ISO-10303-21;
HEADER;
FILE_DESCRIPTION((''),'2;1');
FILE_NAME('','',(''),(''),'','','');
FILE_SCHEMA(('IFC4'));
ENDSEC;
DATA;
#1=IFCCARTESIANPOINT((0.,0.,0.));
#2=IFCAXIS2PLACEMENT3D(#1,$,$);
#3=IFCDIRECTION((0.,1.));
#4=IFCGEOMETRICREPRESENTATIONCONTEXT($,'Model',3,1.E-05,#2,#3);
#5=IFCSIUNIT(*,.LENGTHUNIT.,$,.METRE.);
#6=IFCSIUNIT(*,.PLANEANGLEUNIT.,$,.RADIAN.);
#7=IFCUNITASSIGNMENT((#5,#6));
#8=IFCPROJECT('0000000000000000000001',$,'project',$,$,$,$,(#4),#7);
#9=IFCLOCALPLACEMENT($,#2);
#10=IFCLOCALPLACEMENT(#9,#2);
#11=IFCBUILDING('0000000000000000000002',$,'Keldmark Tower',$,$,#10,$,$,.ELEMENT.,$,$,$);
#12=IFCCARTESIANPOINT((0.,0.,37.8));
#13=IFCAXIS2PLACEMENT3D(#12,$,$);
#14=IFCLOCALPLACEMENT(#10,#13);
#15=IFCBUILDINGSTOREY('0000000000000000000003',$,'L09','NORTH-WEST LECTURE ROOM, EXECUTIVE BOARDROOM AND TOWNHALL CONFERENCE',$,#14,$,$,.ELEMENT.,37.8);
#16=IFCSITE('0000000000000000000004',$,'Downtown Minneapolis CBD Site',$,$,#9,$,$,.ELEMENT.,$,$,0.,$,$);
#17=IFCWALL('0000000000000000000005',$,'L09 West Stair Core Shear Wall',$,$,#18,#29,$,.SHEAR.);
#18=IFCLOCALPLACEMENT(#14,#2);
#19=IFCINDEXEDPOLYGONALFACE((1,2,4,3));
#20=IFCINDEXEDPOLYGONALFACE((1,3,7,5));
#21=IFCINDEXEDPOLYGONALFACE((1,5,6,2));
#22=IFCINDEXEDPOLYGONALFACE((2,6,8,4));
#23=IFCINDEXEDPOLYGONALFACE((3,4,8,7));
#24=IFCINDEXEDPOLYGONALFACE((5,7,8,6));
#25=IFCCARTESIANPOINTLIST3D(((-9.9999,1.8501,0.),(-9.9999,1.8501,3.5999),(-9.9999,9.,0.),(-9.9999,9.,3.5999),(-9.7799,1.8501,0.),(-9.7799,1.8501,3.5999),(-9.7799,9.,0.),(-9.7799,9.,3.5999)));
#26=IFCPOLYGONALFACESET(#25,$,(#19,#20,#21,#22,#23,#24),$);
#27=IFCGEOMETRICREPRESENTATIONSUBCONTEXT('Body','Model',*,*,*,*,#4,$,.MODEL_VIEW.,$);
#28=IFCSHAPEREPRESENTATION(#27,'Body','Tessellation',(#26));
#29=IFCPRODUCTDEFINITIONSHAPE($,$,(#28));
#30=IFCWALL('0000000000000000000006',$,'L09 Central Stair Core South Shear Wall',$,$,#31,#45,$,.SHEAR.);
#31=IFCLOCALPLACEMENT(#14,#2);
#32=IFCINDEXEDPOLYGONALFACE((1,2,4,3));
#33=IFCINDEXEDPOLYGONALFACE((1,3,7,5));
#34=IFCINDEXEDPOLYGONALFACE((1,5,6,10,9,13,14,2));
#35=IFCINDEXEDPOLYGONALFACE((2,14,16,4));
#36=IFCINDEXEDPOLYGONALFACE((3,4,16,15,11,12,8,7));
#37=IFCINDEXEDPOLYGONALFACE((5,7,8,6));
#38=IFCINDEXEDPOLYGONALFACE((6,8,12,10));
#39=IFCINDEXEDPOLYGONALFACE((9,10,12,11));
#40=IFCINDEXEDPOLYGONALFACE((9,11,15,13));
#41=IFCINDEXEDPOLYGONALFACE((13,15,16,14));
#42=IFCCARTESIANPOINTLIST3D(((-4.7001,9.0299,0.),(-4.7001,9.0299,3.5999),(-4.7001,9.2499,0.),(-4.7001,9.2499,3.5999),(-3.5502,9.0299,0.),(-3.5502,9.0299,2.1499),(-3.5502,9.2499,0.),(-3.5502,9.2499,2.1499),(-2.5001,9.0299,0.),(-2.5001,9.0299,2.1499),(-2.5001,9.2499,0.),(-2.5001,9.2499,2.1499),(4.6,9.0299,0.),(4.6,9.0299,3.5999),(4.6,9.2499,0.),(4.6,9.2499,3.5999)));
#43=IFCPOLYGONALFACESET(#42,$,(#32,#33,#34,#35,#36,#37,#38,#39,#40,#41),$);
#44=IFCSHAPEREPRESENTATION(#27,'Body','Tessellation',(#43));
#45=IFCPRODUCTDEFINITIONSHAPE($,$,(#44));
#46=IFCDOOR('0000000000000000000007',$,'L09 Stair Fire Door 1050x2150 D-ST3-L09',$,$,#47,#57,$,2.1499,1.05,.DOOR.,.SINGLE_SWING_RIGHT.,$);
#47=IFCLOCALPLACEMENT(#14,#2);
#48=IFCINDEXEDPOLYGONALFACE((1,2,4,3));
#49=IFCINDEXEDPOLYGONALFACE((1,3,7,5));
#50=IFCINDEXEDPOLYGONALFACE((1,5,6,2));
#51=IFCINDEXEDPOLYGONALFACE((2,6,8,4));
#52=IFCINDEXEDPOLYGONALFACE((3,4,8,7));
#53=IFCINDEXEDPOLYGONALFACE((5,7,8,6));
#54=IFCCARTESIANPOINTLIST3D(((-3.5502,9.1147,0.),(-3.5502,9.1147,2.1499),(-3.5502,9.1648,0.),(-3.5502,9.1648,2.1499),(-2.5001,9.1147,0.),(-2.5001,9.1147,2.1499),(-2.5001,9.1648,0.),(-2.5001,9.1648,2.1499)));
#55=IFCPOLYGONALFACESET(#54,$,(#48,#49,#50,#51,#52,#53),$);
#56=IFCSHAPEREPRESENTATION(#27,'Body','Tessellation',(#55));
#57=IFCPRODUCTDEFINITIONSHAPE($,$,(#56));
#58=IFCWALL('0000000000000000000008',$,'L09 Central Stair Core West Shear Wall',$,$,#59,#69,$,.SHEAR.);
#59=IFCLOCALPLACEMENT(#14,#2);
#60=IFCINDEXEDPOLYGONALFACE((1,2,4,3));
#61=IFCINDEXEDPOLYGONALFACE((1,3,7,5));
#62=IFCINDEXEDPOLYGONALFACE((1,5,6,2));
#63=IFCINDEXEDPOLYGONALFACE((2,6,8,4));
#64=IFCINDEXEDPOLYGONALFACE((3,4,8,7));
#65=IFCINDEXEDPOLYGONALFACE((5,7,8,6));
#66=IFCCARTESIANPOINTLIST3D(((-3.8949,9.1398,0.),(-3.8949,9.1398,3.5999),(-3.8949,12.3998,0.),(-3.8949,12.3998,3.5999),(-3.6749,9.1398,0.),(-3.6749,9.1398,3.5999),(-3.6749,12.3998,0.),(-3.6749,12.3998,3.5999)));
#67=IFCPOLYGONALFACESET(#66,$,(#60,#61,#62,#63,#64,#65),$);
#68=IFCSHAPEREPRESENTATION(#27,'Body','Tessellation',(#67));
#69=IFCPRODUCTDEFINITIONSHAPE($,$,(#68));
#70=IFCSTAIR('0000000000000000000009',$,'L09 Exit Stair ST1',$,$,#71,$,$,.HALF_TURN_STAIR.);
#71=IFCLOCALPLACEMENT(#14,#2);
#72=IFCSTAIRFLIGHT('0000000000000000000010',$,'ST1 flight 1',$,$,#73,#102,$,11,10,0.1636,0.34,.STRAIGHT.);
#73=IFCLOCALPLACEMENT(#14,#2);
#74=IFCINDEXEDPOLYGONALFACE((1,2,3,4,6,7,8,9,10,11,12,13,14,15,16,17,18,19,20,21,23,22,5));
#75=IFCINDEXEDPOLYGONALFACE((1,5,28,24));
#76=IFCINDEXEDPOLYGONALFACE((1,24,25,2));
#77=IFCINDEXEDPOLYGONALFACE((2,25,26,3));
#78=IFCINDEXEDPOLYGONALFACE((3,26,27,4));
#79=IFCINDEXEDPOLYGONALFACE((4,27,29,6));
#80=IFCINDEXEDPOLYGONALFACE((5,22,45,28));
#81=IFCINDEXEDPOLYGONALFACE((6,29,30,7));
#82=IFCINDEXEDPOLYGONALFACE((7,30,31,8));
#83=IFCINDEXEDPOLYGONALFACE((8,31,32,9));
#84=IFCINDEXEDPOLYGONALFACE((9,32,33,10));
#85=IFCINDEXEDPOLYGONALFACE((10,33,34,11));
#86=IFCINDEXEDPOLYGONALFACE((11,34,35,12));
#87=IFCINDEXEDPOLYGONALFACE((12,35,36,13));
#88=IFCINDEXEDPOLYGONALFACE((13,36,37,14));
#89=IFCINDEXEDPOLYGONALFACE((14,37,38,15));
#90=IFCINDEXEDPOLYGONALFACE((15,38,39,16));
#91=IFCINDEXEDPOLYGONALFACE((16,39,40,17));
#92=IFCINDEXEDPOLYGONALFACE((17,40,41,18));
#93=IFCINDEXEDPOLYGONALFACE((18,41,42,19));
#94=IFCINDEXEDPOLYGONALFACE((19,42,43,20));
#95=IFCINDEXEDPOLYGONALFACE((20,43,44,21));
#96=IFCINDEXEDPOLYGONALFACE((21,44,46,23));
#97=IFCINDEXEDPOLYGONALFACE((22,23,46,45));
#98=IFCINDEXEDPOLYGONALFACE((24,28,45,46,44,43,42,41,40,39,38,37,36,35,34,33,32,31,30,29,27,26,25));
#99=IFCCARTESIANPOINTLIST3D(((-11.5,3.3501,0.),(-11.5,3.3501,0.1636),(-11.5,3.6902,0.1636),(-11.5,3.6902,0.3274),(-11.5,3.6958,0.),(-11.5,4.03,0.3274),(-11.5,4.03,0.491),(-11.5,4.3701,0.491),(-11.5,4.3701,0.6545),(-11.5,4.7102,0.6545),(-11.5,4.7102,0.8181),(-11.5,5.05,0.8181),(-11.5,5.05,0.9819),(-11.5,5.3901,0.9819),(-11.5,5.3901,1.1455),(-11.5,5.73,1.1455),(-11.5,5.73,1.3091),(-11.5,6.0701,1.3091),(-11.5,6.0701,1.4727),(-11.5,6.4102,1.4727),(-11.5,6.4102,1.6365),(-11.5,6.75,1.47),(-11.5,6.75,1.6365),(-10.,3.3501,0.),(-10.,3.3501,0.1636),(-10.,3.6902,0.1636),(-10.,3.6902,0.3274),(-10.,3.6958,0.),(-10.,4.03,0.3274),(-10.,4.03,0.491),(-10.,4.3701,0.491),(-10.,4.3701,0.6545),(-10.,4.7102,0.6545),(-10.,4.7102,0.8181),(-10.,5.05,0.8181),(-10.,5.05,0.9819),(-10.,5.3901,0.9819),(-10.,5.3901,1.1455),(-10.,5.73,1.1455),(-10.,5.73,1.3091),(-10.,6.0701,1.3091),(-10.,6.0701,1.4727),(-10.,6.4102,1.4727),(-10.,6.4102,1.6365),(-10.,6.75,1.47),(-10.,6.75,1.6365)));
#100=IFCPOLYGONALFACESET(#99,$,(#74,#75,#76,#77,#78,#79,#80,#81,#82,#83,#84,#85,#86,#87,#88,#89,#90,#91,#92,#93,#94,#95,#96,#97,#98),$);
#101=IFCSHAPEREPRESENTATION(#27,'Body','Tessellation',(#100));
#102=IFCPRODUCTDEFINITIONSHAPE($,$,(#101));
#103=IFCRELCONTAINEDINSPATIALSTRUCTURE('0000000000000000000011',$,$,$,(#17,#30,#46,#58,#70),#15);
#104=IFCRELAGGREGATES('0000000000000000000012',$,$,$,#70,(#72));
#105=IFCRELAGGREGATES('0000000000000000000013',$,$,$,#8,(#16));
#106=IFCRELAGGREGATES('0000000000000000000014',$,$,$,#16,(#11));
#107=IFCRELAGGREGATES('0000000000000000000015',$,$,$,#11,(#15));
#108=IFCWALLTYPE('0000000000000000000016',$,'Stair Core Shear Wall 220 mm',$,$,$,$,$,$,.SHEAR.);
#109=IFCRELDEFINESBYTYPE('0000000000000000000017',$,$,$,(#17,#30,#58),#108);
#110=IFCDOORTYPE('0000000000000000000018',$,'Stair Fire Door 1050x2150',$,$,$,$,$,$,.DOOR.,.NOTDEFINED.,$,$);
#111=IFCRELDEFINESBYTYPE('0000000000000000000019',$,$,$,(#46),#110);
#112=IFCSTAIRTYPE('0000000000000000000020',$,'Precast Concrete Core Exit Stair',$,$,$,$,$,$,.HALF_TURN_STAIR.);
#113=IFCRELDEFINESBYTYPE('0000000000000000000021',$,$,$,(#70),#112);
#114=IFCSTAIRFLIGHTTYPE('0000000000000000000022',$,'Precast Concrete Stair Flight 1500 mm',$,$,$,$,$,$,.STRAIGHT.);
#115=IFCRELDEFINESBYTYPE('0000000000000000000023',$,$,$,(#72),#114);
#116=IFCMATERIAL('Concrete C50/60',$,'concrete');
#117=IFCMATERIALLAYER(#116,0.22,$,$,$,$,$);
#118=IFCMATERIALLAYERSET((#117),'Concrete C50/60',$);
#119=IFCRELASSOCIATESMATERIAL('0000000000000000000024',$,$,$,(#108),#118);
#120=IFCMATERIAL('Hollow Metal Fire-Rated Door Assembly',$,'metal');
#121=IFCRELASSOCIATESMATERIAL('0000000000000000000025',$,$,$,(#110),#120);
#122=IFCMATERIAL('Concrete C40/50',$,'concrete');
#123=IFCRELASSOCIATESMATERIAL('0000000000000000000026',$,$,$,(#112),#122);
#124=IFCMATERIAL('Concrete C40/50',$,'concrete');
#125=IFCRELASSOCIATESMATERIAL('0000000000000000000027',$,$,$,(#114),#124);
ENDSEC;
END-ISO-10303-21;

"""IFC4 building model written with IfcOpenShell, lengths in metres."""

from ifc_helpers import new_model, si_unit, direction, frame, frame_2d, origin, place, context, subcontext, project, spatial, polyline, rectangle, outline, extrude, material, layer, layer_set, type_object, element, fill, aggregate, save


model = new_model("IFC4")

# Units and contexts
model_context = context("Model", 3, precision=1e-05, world=origin(), true_north=direction((0.0, 1.0)))
body_context = subcontext(model_context, "Body", "Model", "MODEL_VIEW")
ifc_project = project(units=[si_unit("LENGTHUNIT", "METRE"), si_unit("PLANEANGLEUNIT", "RADIAN")], contexts=[model_context])

# Site, building, storey
site_placement = place(None, origin())
site = spatial("IfcSite", under=ifc_project, at=site_placement, Name="Downtown Minneapolis CBD Site", CompositionType="ELEMENT", RefElevation=0.0)
building_placement = place(site_placement, origin())
building = spatial("IfcBuilding", under=site, at=building_placement, Name="Keldmark Tower", CompositionType="ELEMENT")
storey_placement = place(building_placement, frame((0.0, 0.0, 37.8)))
storey = spatial("IfcBuildingStorey", under=building, at=storey_placement, Name="L09", Description="NORTH-WEST LECTURE ROOM, EXECUTIVE BOARDROOM AND TOWNHALL CONFERENCE", CompositionType="ELEMENT", Elevation=37.8)

# Wall
ifc_material_1 = material(Name="Concrete C50/60", Category="concrete")
ifc_layer_1 = layer(ifc_material_1, 0.22)
ifc_layer_set_1 = layer_set([ifc_layer_1], Name="Concrete C50/60")
wall_type_1 = type_object("IfcWallType", Name="Stair Core Shear Wall 220 mm", PredefinedType="SHEAR", material=ifc_layer_set_1)
wall_1_placement = place(storey_placement, frame((-9.8899, 1.8501, 0.0), z_axis=(0.0, 0.0, 1.0), x_axis=(0.0, 1.0, 0.0)))
element("IfcWall", 1, at=wall_1_placement, inside=storey, type_object=wall_type_1, Name="L09 West Stair Core Shear Wall", PredefinedType="SHEAR", context=body_context, shape_type="SweptSolid", body=[
    extrude(rectangle(XDim=7.1499, YDim=0.22, at=frame_2d((3.575, 0.0))), origin(), (0.0, 0.0, 1.0), 3.5999),
])

# Wall, opening, door
wall_2_placement = place(storey_placement, frame((-4.7, 9.1399, 0.0), z_axis=(0.0, 0.0, 1.0), x_axis=(1.0, 0.0, 0.0)))
wall_2 = element("IfcWall", 2, at=wall_2_placement, inside=storey, type_object=wall_type_1, Name="L09 Central Stair Core South Shear Wall", PredefinedType="SHEAR", context=body_context, shape_type="SweptSolid", body=[
    extrude(rectangle(XDim=9.3, YDim=0.22, at=frame_2d((4.6499, 0.0))), origin(), (0.0, 0.0, 1.0), 3.5999),
])
opening_1_placement = place(wall_2_placement, frame((1.1499, 0.0, 0.0)))
opening_1 = element("IfcOpeningElement", 3, at=opening_1_placement, cuts=wall_2, PredefinedType="OPENING", context=body_context, shape_type="SweptSolid", body=[
    extrude(rectangle(XDim=1.05, YDim=2.1499, at=frame_2d((0.5249, 1.075))), frame((0.0, 0.1199, 0.0), z_axis=(0.0, -1.0, 0.0), x_axis=(1.0, 0.0, 0.0)), (0.0, 0.0, 1.0), 0.24),
])
ifc_material_2 = material(Name="Hollow Metal Fire-Rated Door Assembly", Category="metal")
door_type_1 = type_object("IfcDoorType", Name="Stair Fire Door 1050x2150", OperationType="NOTDEFINED", PredefinedType="DOOR", material=ifc_material_2)
door_1_placement = place(opening_1_placement, origin())
door_1 = element("IfcDoor", 4, at=door_1_placement, inside=storey, type_object=door_type_1, Name="L09 Stair Fire Door 1050x2150 D-ST3-L09", OperationType="SINGLE_SWING_RIGHT", OverallHeight=2.1499, OverallWidth=1.05, PredefinedType="DOOR", context=body_context, shape_type="SweptSolid", body=[
    extrude(rectangle(XDim=1.05, YDim=2.1499, at=frame_2d((0.5249, 1.075))), frame((0.0, 0.0249, 0.0), z_axis=(0.0, -1.0, 0.0), x_axis=(1.0, 0.0, 0.0)), (0.0, 0.0, 1.0), 0.05),
])
fill(opening_1, door_1)

# Wall
wall_3_placement = place(storey_placement, frame((-3.7849, 9.1399, 0.0), z_axis=(0.0, 0.0, 1.0), x_axis=(0.0, 1.0, 0.0)))
element("IfcWall", 5, at=wall_3_placement, inside=storey, type_object=wall_type_1, Name="L09 Central Stair Core West Shear Wall", PredefinedType="SHEAR", context=body_context, shape_type="SweptSolid", body=[
    extrude(rectangle(XDim=3.26, YDim=0.22, at=frame_2d((1.6299, 0.0))), origin(), (0.0, 0.0, 1.0), 3.5999),
])

# Stair, stair flight
ifc_material_3 = material(Name="Concrete C40/50", Category="concrete")
stair_type = type_object("IfcStairType", Name="Precast Concrete Core Exit Stair", PredefinedType="HALF_TURN_STAIR", material=ifc_material_3)
stair_placement = place(storey_placement, origin())
stair = element("IfcStair", 6, at=stair_placement, inside=storey, type_object=stair_type, Name="L09 Exit Stair ST1", PredefinedType="HALF_TURN_STAIR")
ifc_material_4 = material(Name="Concrete C40/50", Category="concrete")
stair_flight_type = type_object("IfcStairFlightType", Name="Precast Concrete Stair Flight 1500 mm", PredefinedType="STRAIGHT", material=ifc_material_4)
stair_flight_placement = place(storey_placement, frame((-10.75, 3.3501, 0.0), z_axis=(0.0, 0.0, 1.0), x_axis=(0.0, 1.0, 0.0)))
stair_flight = element("IfcStairFlight", 7, at=stair_flight_placement, type_object=stair_flight_type, Name="ST1 flight 1", NumberOfRisers=11, NumberOfTreads=10, PredefinedType="STRAIGHT", RiserHeight=0.1636, TreadLength=0.34, context=body_context, shape_type="SweptSolid", body=[
    extrude(outline(polyline([(0.0, 0.0), (0.0, 0.1636), (0.3401, 0.1636), (0.3401, 0.3274), (0.6799, 0.3274), (0.6799, 0.491), (1.02, 0.491), (1.02, 0.6545), (1.3601, 0.6545), (1.3601, 0.8181), (1.7, 0.8181), (1.7, 0.9819), (2.04, 0.9819), (2.04, 1.1455), (2.3799, 1.1455), (2.3799, 1.3091), (2.72, 1.3091), (2.72, 1.4727), (3.0601, 1.4727), (3.0601, 1.6365), (3.3999, 1.6365), (3.3999, 1.8), (3.3999, 1.47), (0.3457, 0.0), (0.0, 0.0)])), frame((0.0, 0.75, 0.0), z_axis=(0.0, -1.0, 0.0), x_axis=(1.0, 0.0, 0.0)), (0.0, 0.0, 1.0), 1.5),
])
aggregate(stair, [stair_flight])

save(model, "model.ifc")
